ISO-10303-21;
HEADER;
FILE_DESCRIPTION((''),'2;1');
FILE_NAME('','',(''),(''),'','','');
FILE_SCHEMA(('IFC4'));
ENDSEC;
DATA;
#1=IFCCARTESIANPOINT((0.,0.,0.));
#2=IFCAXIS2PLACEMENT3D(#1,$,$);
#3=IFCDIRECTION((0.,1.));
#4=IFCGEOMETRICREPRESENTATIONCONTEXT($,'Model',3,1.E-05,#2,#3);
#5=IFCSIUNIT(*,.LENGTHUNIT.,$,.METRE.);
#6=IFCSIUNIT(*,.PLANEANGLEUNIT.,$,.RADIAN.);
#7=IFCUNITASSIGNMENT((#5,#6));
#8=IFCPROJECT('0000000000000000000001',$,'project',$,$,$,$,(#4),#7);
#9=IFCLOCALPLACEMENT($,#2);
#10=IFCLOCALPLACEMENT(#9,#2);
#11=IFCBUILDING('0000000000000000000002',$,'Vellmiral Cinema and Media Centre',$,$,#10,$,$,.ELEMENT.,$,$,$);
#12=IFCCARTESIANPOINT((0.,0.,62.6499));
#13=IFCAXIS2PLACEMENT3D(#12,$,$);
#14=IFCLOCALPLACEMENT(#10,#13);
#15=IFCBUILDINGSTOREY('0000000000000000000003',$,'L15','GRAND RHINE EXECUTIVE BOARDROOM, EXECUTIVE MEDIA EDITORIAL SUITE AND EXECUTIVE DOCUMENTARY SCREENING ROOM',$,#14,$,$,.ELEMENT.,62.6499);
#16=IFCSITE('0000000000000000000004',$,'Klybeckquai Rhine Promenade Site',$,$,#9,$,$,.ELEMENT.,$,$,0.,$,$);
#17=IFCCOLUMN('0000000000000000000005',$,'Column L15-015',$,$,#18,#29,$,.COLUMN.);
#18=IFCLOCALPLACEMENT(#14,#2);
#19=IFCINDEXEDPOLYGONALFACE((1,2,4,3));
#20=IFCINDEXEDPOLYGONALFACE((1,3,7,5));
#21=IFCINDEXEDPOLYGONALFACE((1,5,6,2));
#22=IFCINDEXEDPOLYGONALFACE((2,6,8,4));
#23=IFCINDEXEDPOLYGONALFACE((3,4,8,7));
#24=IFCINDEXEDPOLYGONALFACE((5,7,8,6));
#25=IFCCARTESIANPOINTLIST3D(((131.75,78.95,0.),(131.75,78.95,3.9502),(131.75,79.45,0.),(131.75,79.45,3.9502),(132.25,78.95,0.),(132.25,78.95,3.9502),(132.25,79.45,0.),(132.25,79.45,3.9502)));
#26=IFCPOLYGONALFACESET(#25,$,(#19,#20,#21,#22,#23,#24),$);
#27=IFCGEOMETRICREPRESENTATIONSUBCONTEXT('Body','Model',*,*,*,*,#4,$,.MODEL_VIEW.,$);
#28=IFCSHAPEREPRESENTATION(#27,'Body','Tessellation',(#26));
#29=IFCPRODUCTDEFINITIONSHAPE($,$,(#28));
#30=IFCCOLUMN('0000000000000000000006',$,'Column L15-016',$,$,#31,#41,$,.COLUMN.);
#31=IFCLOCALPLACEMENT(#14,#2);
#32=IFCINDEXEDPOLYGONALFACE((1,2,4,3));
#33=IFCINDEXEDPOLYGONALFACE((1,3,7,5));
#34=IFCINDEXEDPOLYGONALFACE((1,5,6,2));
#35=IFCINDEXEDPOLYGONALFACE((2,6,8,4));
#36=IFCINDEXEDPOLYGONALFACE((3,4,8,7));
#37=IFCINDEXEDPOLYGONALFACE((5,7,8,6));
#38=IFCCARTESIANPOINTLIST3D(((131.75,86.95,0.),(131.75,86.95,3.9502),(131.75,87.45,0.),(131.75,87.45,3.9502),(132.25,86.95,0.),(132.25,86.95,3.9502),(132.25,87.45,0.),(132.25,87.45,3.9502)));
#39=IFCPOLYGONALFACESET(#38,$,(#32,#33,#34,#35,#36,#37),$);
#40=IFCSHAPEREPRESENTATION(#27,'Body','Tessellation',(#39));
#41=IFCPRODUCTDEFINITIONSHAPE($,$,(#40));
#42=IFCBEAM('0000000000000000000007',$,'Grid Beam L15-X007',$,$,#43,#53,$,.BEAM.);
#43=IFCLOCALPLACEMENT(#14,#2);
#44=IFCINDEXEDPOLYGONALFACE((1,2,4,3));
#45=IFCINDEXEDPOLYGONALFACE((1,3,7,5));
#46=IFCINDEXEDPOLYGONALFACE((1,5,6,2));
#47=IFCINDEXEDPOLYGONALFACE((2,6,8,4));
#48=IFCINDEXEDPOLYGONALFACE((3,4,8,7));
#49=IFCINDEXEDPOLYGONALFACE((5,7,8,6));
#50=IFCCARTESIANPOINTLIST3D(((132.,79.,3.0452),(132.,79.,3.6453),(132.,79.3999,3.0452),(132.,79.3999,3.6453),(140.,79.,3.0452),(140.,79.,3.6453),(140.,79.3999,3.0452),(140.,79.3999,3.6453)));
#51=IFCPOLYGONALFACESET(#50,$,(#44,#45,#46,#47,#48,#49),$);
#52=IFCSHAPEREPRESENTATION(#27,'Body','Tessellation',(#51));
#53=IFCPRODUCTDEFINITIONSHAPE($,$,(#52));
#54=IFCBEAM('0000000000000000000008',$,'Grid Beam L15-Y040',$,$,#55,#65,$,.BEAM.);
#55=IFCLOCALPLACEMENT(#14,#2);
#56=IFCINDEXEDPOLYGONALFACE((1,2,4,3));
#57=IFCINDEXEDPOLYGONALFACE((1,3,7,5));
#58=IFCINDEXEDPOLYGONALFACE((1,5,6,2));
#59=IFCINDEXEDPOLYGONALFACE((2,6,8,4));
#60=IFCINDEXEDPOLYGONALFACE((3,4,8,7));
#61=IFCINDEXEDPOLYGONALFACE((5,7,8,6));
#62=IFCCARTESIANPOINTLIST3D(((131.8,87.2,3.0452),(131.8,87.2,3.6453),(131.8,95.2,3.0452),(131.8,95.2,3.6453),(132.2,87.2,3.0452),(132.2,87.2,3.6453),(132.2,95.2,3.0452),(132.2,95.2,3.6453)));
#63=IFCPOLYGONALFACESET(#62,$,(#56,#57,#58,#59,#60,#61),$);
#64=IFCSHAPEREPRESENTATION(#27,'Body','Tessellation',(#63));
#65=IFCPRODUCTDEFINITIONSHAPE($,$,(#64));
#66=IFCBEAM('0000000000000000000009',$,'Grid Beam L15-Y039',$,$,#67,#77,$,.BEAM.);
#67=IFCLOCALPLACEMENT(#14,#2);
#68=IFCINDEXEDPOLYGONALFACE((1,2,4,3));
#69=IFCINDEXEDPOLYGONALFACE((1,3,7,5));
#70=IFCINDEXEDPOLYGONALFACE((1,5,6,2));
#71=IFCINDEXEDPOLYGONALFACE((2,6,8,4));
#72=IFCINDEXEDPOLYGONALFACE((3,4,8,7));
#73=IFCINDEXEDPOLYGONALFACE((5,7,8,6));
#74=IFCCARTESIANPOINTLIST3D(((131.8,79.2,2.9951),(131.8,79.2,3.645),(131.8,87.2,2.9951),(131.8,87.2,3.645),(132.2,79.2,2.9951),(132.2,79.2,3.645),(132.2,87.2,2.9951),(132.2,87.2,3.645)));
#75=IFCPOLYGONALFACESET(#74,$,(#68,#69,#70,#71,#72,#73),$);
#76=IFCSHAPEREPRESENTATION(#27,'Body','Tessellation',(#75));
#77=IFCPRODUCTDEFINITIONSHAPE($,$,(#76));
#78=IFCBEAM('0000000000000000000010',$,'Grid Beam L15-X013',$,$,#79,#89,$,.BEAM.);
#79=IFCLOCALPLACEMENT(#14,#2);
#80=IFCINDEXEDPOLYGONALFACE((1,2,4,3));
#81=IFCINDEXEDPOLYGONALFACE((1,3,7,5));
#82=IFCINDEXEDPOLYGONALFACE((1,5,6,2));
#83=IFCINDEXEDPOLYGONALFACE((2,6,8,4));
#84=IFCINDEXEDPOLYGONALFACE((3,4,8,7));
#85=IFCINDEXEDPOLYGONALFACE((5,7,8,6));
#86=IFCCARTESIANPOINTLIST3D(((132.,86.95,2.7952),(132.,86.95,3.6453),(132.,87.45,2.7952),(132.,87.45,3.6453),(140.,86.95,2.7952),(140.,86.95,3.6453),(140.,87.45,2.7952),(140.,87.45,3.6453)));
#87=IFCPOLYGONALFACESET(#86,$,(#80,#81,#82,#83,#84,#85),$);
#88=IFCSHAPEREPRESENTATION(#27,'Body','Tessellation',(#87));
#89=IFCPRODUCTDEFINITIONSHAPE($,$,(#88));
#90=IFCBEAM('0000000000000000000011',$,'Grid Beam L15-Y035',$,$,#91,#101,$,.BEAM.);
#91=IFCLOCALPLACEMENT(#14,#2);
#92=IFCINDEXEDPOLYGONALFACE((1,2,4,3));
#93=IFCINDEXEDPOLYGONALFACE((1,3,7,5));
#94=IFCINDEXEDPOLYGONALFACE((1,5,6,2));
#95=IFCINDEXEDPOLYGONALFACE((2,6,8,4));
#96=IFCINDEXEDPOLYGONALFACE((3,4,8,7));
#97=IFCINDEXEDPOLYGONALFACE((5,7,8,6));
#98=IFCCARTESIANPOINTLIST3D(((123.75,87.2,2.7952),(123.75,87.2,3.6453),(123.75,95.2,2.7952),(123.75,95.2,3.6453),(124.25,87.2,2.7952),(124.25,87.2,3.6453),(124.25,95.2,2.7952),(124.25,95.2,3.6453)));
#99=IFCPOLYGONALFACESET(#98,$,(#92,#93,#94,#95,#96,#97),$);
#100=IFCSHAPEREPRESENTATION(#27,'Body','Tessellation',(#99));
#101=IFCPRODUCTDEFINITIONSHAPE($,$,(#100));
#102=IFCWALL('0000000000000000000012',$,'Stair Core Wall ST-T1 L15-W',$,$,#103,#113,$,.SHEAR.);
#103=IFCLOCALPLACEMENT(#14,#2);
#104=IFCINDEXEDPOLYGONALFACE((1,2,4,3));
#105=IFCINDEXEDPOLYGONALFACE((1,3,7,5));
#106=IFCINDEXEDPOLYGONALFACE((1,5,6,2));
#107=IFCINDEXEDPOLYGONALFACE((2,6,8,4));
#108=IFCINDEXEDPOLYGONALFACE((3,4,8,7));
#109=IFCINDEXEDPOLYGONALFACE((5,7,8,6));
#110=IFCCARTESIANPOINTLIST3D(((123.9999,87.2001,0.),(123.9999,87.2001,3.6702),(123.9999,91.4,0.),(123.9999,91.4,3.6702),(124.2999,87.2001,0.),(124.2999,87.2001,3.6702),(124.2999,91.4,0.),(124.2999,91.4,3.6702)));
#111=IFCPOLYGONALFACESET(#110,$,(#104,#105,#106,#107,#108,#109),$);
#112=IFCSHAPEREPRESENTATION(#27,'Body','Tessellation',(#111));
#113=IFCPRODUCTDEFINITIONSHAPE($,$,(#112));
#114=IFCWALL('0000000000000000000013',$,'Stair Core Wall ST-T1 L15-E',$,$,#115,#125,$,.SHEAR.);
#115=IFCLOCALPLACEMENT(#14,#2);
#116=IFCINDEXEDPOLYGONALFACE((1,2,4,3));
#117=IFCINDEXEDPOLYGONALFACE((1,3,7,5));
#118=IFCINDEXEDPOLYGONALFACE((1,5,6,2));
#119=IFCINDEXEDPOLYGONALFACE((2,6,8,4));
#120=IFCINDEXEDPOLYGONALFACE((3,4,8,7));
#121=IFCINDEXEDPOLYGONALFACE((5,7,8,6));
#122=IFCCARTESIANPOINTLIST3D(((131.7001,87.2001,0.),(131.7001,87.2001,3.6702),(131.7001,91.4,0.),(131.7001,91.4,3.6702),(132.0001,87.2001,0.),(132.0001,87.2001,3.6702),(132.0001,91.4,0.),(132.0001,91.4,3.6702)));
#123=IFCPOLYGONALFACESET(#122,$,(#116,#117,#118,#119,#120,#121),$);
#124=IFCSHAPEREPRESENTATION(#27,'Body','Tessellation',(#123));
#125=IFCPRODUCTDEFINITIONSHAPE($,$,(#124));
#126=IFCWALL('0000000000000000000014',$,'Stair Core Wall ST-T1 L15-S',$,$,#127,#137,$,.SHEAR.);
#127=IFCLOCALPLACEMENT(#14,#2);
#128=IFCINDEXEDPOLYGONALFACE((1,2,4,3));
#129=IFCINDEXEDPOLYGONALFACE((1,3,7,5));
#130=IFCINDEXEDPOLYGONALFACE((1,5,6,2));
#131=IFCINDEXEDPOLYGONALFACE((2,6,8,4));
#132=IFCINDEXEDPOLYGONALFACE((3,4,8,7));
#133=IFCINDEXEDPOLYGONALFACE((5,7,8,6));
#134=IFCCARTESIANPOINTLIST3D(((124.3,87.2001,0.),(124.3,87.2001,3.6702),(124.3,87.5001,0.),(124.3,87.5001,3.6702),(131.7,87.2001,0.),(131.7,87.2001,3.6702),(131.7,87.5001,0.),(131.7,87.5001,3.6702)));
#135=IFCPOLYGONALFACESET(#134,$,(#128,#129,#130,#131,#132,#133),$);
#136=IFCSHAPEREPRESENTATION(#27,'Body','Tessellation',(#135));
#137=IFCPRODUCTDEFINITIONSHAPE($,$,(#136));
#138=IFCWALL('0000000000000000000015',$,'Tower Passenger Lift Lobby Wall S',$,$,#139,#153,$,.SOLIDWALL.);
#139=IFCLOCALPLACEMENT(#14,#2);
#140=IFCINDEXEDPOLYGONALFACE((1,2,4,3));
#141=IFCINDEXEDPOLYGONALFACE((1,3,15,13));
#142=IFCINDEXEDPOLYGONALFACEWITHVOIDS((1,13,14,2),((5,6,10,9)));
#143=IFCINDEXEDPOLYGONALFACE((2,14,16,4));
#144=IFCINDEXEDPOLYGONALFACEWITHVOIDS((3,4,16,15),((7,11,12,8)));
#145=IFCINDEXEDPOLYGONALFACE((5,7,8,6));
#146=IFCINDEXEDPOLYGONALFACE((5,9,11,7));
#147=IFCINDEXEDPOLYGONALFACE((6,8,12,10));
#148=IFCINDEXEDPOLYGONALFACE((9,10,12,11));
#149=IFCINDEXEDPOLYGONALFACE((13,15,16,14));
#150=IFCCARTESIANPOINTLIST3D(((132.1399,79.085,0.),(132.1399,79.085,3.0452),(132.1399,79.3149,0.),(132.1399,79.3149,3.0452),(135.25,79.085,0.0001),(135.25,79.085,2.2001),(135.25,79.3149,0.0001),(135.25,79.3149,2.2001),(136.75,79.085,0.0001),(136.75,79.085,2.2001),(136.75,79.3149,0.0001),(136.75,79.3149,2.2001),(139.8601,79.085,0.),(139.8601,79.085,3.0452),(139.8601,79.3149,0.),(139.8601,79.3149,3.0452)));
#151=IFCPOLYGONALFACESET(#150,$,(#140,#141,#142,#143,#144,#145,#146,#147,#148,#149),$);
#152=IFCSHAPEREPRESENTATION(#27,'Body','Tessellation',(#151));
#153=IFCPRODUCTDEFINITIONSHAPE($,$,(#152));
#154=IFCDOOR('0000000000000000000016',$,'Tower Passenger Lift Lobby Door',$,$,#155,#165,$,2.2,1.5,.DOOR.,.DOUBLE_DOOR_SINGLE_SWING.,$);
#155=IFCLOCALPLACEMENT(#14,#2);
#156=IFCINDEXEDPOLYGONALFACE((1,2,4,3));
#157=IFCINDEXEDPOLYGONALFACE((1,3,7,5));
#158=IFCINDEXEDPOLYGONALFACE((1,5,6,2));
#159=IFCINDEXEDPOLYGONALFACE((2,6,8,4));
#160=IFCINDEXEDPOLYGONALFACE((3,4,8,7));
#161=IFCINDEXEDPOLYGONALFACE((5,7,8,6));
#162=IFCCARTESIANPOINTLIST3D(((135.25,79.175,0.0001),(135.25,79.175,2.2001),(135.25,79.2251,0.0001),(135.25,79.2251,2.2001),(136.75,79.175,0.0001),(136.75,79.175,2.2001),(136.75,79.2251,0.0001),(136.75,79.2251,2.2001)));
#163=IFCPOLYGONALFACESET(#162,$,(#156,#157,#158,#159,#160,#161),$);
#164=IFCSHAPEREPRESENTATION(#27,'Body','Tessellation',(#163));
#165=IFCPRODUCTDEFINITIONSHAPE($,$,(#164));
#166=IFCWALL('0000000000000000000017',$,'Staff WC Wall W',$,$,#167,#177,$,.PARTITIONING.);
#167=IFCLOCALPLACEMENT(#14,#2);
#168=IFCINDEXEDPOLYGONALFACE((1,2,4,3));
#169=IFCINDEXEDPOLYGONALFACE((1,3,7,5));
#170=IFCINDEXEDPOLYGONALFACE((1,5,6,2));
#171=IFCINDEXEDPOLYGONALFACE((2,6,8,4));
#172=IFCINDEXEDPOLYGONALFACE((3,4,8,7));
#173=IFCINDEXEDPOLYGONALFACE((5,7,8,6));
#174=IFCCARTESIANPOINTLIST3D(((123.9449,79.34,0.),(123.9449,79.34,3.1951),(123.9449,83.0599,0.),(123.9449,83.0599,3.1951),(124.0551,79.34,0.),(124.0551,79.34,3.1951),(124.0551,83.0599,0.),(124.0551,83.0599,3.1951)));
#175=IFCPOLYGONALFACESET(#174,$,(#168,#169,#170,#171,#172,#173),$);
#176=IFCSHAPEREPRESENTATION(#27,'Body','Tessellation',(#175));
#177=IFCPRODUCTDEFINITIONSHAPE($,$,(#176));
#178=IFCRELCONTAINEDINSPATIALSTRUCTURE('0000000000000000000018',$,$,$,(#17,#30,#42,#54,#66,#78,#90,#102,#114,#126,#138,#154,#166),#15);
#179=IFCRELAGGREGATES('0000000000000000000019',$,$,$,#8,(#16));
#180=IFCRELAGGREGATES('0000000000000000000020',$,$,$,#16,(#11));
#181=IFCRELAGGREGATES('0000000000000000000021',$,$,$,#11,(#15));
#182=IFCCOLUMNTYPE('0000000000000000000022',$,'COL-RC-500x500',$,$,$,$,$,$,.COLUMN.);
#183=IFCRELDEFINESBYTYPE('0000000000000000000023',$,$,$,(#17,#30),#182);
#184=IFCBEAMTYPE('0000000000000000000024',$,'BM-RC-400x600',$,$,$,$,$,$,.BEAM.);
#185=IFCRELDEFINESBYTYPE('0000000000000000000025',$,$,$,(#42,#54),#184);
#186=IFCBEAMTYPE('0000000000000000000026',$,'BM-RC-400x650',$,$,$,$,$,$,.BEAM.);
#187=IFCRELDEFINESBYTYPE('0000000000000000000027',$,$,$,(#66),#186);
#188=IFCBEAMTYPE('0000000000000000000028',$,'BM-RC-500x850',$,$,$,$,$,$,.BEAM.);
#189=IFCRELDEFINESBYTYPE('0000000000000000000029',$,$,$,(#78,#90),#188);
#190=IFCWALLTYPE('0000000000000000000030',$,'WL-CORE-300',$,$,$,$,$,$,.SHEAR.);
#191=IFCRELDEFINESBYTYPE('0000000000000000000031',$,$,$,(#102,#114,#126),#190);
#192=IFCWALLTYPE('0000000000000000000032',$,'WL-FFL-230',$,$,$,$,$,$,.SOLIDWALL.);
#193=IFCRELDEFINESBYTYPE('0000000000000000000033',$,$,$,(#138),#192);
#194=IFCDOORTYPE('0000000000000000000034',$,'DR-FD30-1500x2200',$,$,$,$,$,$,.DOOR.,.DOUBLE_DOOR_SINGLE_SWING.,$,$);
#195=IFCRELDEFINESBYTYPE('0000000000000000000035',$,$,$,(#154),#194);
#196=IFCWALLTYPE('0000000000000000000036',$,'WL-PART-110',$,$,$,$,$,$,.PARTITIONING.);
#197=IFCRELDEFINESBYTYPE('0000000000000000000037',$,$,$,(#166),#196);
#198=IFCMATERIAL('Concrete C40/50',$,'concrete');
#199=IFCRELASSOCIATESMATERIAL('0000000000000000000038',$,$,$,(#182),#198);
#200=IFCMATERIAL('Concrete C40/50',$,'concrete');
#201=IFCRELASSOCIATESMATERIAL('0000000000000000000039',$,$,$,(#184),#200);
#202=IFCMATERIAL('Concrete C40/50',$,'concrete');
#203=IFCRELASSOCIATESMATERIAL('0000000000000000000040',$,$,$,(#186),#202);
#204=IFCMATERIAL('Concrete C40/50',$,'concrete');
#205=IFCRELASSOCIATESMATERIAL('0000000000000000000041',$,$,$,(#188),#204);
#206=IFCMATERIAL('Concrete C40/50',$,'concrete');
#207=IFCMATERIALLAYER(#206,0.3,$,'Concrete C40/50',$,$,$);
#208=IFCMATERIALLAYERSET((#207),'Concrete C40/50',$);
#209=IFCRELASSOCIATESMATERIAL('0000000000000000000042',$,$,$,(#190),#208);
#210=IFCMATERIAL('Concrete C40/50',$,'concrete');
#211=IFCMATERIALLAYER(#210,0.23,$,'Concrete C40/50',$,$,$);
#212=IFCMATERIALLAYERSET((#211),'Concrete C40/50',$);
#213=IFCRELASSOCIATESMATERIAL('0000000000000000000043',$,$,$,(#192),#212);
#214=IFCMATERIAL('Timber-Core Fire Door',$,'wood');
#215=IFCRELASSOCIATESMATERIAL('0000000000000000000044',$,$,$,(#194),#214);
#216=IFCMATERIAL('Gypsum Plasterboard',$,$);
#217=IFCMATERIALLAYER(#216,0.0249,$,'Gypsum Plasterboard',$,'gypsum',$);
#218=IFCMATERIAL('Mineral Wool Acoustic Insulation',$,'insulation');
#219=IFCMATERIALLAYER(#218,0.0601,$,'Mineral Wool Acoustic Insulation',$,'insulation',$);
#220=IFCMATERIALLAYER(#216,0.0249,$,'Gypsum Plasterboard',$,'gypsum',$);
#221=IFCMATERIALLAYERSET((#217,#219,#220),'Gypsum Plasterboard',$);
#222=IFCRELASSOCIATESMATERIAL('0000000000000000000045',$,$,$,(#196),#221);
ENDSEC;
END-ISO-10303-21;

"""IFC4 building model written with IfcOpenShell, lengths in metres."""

from ifc_helpers import new_model, si_unit, direction, frame, frame_2d, origin, origin_2d, place, context, subcontext, project, spatial, rectangle, extrude, material, layer, layer_set, material_profile, profile_set, type_object, element, fill, save


model = new_model("IFC4")

# Units and contexts
model_context = context("Model", 3, precision=1e-05, world=origin(), true_north=direction((0.0, 1.0)))
body_context = subcontext(model_context, "Body", "Model", "MODEL_VIEW")
ifc_project = project(units=[si_unit("LENGTHUNIT", "METRE"), si_unit("PLANEANGLEUNIT", "RADIAN")], contexts=[model_context])

# Site, building, storey
site_placement = place(None, origin())
site = spatial("IfcSite", under=ifc_project, at=site_placement, Name="Klybeckquai Rhine Promenade Site", CompositionType="ELEMENT", RefElevation=0.0)
building_placement = place(site_placement, origin())
building = spatial("IfcBuilding", under=site, at=building_placement, Name="Vellmiral Cinema and Media Centre", CompositionType="ELEMENT")
storey_placement = place(building_placement, frame((0.0, 0.0, 62.6499)))
storey = spatial("IfcBuildingStorey", under=building, at=storey_placement, Name="L15", Description="GRAND RHINE EXECUTIVE BOARDROOM, EXECUTIVE MEDIA EDITORIAL SUITE AND EXECUTIVE DOCUMENTARY SCREENING ROOM", CompositionType="ELEMENT", Elevation=62.6499)

# Columns
ifc_material_1 = material(Name="Concrete C40/50", Category="concrete")
ifc_material_profile_1 = material_profile(ifc_material_1, rectangle(XDim=0.5, YDim=0.5, at=origin_2d()), Name="RC 500x500")
ifc_profile_set_1 = profile_set([ifc_material_profile_1], Name="Concrete C40/50")
column_type = type_object("IfcColumnType", Name="COL-RC-500x500", PredefinedType="COLUMN", material=ifc_profile_set_1)
for number, where, z_axis, x_axis, name in (
    (1, (132.0, 79.2, 0.0), (0.0, 0.0, 1.0), (1.0, 0.0, 0.0), "Column L15-015"),
    (2, (132.0, 87.2, 0.0), (0.0, 0.0, 1.0), (1.0, 0.0, 0.0), "Column L15-016"),
):
    element("IfcColumn", number, at=place(storey_placement, frame(where, z_axis=z_axis, x_axis=x_axis)), inside=storey, type_object=column_type, Name=name, PredefinedType="COLUMN", context=body_context, shape_type="SweptSolid", body=[
        extrude(rectangle(XDim=0.5, YDim=0.5, at=origin_2d()), origin(), (0.0, 0.0, 1.0), 3.9502),
    ])

# Beams
ifc_material_2 = material(Name="Concrete C40/50", Category="concrete")
ifc_material_profile_2 = material_profile(ifc_material_2, rectangle(XDim=0.3999, YDim=0.6001, at=origin_2d()), Name="RC 400x600")
ifc_profile_set_2 = profile_set([ifc_material_profile_2], Name="Concrete C40/50")
beam_type_1 = type_object("IfcBeamType", Name="BM-RC-400x600", PredefinedType="BEAM", material=ifc_profile_set_2)
for number, where, z_axis, x_axis, name in (
    (3, (132.0, 79.2, 3.3452), (1.0, 0.0, 0.0), (0.0, 1.0, 0.0), "Grid Beam L15-X007"),
    (4, (132.0, 87.2, 3.3452), (0.0, 1.0, 0.0), (-1.0, 0.0, 0.0), "Grid Beam L15-Y040"),
):
    element("IfcBeam", number, at=place(storey_placement, frame(where, z_axis=z_axis, x_axis=x_axis)), inside=storey, type_object=beam_type_1, Name=name, PredefinedType="BEAM", context=body_context, shape_type="SweptSolid", body=[
        extrude(rectangle(XDim=0.3999, YDim=0.6001, at=origin_2d()), origin(), (0.0, 0.0, 1.0), 8.0),
    ])
ifc_material_3 = material(Name="Concrete C40/50", Category="concrete")
ifc_material_profile_3 = material_profile(ifc_material_3, rectangle(XDim=0.3999, YDim=0.6499, at=origin_2d()), Name="RC 400x650")
ifc_profile_set_3 = profile_set([ifc_material_profile_3], Name="Concrete C40/50")
beam_type_2 = type_object("IfcBeamType", Name="BM-RC-400x650", PredefinedType="BEAM", material=ifc_profile_set_3)
beam_placement = place(storey_placement, frame((132.0, 79.2, 3.3201), z_axis=(0.0, 1.0, 0.0), x_axis=(-1.0, 0.0, 0.0)))
element("IfcBeam", 5, at=beam_placement, inside=storey, type_object=beam_type_2, Name="Grid Beam L15-Y039", PredefinedType="BEAM", context=body_context, shape_type="SweptSolid", body=[
    extrude(rectangle(XDim=0.3999, YDim=0.6499, at=origin_2d()), origin(), (0.0, 0.0, 1.0), 8.0),
])
ifc_material_4 = material(Name="Concrete C40/50", Category="concrete")
ifc_material_profile_4 = material_profile(ifc_material_4, rectangle(XDim=0.5, YDim=0.8501, at=origin_2d()), Name="RC 500x850")
ifc_profile_set_4 = profile_set([ifc_material_profile_4], Name="Concrete C40/50")
beam_type_3 = type_object("IfcBeamType", Name="BM-RC-500x850", PredefinedType="BEAM", material=ifc_profile_set_4)
for number, where, z_axis, x_axis, name in (
    (6, (132.0, 87.2, 3.2202), (1.0, 0.0, 0.0), (0.0, 1.0, 0.0), "Grid Beam L15-X013"),
    (7, (124.0, 87.2, 3.2202), (0.0, 1.0, 0.0), (-1.0, 0.0, 0.0), "Grid Beam L15-Y035"),
):
    element("IfcBeam", number, at=place(storey_placement, frame(where, z_axis=z_axis, x_axis=x_axis)), inside=storey, type_object=beam_type_3, Name=name, PredefinedType="BEAM", context=body_context, shape_type="SweptSolid", body=[
        extrude(rectangle(XDim=0.5, YDim=0.8501, at=origin_2d()), origin(), (0.0, 0.0, 1.0), 8.0),
    ])

# Walls
ifc_material_5 = material(Name="Concrete C40/50", Category="concrete")
ifc_layer_1 = layer(ifc_material_5, 0.3, Name="Concrete C40/50")
ifc_layer_set_1 = layer_set([ifc_layer_1], Name="Concrete C40/50")
wall_type_1 = type_object("IfcWallType", Name="WL-CORE-300", PredefinedType="SHEAR", material=ifc_layer_set_1)
for number, where, z_axis, x_axis, name in (
    (8, (124.1499, 87.2, 0.0), (0.0, 0.0, 1.0), (0.0, 1.0, 0.0), "Stair Core Wall ST-T1 L15-W"),
    (9, (131.8501, 87.2, 0.0), (0.0, 0.0, 1.0), (0.0, 1.0, 0.0), "Stair Core Wall ST-T1 L15-E"),
):
    element("IfcWall", number, at=place(storey_placement, frame(where, z_axis=z_axis, x_axis=x_axis)), inside=storey, type_object=wall_type_1, Name=name, PredefinedType="SHEAR", context=body_context, shape_type="SweptSolid", body=[
        extrude(rectangle(XDim=4.2, YDim=0.3, at=frame_2d((2.1001, 0.0))), origin(), (0.0, 0.0, 1.0), 3.6702),
    ])
wall_1_placement = place(storey_placement, frame((124.3, 87.3501, 0.0), z_axis=(0.0, 0.0, 1.0), x_axis=(1.0, 0.0, 0.0)))
element("IfcWall", 10, at=wall_1_placement, inside=storey, type_object=wall_type_1, Name="Stair Core Wall ST-T1 L15-S", PredefinedType="SHEAR", context=body_context, shape_type="SweptSolid", body=[
    extrude(rectangle(XDim=7.3999, YDim=0.3, at=frame_2d((3.7, 0.0))), origin(), (0.0, 0.0, 1.0), 3.6702),
])

# Wall, opening, door
ifc_material_6 = material(Name="Concrete C40/50", Category="concrete")
ifc_layer_2 = layer(ifc_material_6, 0.23, Name="Concrete C40/50")
ifc_layer_set_2 = layer_set([ifc_layer_2], Name="Concrete C40/50")
wall_type_2 = type_object("IfcWallType", Name="WL-FFL-230", PredefinedType="SOLIDWALL", material=ifc_layer_set_2)
wall_2_placement = place(storey_placement, frame((132.1399, 79.2, 0.0), z_axis=(0.0, 0.0, 1.0), x_axis=(1.0, 0.0, 0.0)))
wall_2 = element("IfcWall", 11, at=wall_2_placement, inside=storey, type_object=wall_type_2, Name="Tower Passenger Lift Lobby Wall S", PredefinedType="SOLIDWALL", context=body_context, shape_type="SweptSolid", body=[
    extrude(rectangle(XDim=7.7202, YDim=0.23, at=frame_2d((3.8601, 0.0))), origin(), (0.0, 0.0, 1.0), 3.0452),
])
opening_1_placement = place(wall_2_placement, frame((3.1101, 0.0, 0.0)))
opening_1 = element("IfcOpeningElement", 12, at=opening_1_placement, cuts=wall_2, PredefinedType="OPENING", context=body_context, shape_type="SweptSolid", body=[
    extrude(rectangle(XDim=1.5, YDim=2.2, at=frame_2d((0.75, 1.1001))), frame((0.0, 0.127, 0.0), z_axis=(0.0, -1.0, 0.0), x_axis=(1.0, 0.0, 0.0)), (0.0, 0.0, 1.0), 0.2539),
])
ifc_material_7 = material(Name="Timber-Core Fire Door", Category="wood")
door_type_1 = type_object("IfcDoorType", Name="DR-FD30-1500x2200", OperationType="DOUBLE_DOOR_SINGLE_SWING", PredefinedType="DOOR", material=ifc_material_7)
door_1_placement = place(opening_1_placement, frame((1.5, 0.0, 0.0), z_axis=(0.0, 0.0, 1.0), x_axis=(-1.0, 0.0, 0.0)))
door_1 = element("IfcDoor", 13, at=door_1_placement, inside=storey, type_object=door_type_1, Name="Tower Passenger Lift Lobby Door", OperationType="DOUBLE_DOOR_SINGLE_SWING", OverallHeight=2.2, OverallWidth=1.5, PredefinedType="DOOR", context=body_context, shape_type="SweptSolid", body=[
    extrude(rectangle(XDim=1.5, YDim=2.2, at=frame_2d((0.75, 1.1001))), frame((0.0, 0.0249, 0.0), z_axis=(0.0, -1.0, 0.0), x_axis=(1.0, 0.0, 0.0)), (0.0, 0.0, 1.0), 0.05),
])
fill(opening_1, door_1)

# Wall
ifc_material_8 = material(Name="Gypsum Plasterboard")
ifc_layer_3 = layer(ifc_material_8, 0.0249, Name="Gypsum Plasterboard", Category="gypsum")
ifc_material_9 = material(Name="Mineral Wool Acoustic Insulation", Category="insulation")
ifc_layer_4 = layer(ifc_material_9, 0.0601, Name="Mineral Wool Acoustic Insulation", Category="insulation")
ifc_layer_5 = layer(ifc_material_8, 0.0249, Name="Gypsum Plasterboard", Category="gypsum")
ifc_layer_set_3 = layer_set([ifc_layer_3, ifc_layer_4, ifc_layer_5], Name="Gypsum Plasterboard")
wall_type_3 = type_object("IfcWallType", Name="WL-PART-110", PredefinedType="PARTITIONING", material=ifc_layer_set_3)
wall_3_placement = place(storey_placement, frame((124.0, 79.3401, 0.0), z_axis=(0.0, 0.0, 1.0), x_axis=(0.0, 1.0, 0.0)))
element("IfcWall", 14, at=wall_3_placement, inside=storey, type_object=wall_type_3, Name="Staff WC Wall W", PredefinedType="PARTITIONING", context=body_context, shape_type="SweptSolid", body=[
    extrude(rectangle(XDim=3.72, YDim=0.1101, at=frame_2d((1.8599, 0.0))), origin(), (0.0, 0.0, 1.0), 3.1951),
])

save(model, "model.ifc")
